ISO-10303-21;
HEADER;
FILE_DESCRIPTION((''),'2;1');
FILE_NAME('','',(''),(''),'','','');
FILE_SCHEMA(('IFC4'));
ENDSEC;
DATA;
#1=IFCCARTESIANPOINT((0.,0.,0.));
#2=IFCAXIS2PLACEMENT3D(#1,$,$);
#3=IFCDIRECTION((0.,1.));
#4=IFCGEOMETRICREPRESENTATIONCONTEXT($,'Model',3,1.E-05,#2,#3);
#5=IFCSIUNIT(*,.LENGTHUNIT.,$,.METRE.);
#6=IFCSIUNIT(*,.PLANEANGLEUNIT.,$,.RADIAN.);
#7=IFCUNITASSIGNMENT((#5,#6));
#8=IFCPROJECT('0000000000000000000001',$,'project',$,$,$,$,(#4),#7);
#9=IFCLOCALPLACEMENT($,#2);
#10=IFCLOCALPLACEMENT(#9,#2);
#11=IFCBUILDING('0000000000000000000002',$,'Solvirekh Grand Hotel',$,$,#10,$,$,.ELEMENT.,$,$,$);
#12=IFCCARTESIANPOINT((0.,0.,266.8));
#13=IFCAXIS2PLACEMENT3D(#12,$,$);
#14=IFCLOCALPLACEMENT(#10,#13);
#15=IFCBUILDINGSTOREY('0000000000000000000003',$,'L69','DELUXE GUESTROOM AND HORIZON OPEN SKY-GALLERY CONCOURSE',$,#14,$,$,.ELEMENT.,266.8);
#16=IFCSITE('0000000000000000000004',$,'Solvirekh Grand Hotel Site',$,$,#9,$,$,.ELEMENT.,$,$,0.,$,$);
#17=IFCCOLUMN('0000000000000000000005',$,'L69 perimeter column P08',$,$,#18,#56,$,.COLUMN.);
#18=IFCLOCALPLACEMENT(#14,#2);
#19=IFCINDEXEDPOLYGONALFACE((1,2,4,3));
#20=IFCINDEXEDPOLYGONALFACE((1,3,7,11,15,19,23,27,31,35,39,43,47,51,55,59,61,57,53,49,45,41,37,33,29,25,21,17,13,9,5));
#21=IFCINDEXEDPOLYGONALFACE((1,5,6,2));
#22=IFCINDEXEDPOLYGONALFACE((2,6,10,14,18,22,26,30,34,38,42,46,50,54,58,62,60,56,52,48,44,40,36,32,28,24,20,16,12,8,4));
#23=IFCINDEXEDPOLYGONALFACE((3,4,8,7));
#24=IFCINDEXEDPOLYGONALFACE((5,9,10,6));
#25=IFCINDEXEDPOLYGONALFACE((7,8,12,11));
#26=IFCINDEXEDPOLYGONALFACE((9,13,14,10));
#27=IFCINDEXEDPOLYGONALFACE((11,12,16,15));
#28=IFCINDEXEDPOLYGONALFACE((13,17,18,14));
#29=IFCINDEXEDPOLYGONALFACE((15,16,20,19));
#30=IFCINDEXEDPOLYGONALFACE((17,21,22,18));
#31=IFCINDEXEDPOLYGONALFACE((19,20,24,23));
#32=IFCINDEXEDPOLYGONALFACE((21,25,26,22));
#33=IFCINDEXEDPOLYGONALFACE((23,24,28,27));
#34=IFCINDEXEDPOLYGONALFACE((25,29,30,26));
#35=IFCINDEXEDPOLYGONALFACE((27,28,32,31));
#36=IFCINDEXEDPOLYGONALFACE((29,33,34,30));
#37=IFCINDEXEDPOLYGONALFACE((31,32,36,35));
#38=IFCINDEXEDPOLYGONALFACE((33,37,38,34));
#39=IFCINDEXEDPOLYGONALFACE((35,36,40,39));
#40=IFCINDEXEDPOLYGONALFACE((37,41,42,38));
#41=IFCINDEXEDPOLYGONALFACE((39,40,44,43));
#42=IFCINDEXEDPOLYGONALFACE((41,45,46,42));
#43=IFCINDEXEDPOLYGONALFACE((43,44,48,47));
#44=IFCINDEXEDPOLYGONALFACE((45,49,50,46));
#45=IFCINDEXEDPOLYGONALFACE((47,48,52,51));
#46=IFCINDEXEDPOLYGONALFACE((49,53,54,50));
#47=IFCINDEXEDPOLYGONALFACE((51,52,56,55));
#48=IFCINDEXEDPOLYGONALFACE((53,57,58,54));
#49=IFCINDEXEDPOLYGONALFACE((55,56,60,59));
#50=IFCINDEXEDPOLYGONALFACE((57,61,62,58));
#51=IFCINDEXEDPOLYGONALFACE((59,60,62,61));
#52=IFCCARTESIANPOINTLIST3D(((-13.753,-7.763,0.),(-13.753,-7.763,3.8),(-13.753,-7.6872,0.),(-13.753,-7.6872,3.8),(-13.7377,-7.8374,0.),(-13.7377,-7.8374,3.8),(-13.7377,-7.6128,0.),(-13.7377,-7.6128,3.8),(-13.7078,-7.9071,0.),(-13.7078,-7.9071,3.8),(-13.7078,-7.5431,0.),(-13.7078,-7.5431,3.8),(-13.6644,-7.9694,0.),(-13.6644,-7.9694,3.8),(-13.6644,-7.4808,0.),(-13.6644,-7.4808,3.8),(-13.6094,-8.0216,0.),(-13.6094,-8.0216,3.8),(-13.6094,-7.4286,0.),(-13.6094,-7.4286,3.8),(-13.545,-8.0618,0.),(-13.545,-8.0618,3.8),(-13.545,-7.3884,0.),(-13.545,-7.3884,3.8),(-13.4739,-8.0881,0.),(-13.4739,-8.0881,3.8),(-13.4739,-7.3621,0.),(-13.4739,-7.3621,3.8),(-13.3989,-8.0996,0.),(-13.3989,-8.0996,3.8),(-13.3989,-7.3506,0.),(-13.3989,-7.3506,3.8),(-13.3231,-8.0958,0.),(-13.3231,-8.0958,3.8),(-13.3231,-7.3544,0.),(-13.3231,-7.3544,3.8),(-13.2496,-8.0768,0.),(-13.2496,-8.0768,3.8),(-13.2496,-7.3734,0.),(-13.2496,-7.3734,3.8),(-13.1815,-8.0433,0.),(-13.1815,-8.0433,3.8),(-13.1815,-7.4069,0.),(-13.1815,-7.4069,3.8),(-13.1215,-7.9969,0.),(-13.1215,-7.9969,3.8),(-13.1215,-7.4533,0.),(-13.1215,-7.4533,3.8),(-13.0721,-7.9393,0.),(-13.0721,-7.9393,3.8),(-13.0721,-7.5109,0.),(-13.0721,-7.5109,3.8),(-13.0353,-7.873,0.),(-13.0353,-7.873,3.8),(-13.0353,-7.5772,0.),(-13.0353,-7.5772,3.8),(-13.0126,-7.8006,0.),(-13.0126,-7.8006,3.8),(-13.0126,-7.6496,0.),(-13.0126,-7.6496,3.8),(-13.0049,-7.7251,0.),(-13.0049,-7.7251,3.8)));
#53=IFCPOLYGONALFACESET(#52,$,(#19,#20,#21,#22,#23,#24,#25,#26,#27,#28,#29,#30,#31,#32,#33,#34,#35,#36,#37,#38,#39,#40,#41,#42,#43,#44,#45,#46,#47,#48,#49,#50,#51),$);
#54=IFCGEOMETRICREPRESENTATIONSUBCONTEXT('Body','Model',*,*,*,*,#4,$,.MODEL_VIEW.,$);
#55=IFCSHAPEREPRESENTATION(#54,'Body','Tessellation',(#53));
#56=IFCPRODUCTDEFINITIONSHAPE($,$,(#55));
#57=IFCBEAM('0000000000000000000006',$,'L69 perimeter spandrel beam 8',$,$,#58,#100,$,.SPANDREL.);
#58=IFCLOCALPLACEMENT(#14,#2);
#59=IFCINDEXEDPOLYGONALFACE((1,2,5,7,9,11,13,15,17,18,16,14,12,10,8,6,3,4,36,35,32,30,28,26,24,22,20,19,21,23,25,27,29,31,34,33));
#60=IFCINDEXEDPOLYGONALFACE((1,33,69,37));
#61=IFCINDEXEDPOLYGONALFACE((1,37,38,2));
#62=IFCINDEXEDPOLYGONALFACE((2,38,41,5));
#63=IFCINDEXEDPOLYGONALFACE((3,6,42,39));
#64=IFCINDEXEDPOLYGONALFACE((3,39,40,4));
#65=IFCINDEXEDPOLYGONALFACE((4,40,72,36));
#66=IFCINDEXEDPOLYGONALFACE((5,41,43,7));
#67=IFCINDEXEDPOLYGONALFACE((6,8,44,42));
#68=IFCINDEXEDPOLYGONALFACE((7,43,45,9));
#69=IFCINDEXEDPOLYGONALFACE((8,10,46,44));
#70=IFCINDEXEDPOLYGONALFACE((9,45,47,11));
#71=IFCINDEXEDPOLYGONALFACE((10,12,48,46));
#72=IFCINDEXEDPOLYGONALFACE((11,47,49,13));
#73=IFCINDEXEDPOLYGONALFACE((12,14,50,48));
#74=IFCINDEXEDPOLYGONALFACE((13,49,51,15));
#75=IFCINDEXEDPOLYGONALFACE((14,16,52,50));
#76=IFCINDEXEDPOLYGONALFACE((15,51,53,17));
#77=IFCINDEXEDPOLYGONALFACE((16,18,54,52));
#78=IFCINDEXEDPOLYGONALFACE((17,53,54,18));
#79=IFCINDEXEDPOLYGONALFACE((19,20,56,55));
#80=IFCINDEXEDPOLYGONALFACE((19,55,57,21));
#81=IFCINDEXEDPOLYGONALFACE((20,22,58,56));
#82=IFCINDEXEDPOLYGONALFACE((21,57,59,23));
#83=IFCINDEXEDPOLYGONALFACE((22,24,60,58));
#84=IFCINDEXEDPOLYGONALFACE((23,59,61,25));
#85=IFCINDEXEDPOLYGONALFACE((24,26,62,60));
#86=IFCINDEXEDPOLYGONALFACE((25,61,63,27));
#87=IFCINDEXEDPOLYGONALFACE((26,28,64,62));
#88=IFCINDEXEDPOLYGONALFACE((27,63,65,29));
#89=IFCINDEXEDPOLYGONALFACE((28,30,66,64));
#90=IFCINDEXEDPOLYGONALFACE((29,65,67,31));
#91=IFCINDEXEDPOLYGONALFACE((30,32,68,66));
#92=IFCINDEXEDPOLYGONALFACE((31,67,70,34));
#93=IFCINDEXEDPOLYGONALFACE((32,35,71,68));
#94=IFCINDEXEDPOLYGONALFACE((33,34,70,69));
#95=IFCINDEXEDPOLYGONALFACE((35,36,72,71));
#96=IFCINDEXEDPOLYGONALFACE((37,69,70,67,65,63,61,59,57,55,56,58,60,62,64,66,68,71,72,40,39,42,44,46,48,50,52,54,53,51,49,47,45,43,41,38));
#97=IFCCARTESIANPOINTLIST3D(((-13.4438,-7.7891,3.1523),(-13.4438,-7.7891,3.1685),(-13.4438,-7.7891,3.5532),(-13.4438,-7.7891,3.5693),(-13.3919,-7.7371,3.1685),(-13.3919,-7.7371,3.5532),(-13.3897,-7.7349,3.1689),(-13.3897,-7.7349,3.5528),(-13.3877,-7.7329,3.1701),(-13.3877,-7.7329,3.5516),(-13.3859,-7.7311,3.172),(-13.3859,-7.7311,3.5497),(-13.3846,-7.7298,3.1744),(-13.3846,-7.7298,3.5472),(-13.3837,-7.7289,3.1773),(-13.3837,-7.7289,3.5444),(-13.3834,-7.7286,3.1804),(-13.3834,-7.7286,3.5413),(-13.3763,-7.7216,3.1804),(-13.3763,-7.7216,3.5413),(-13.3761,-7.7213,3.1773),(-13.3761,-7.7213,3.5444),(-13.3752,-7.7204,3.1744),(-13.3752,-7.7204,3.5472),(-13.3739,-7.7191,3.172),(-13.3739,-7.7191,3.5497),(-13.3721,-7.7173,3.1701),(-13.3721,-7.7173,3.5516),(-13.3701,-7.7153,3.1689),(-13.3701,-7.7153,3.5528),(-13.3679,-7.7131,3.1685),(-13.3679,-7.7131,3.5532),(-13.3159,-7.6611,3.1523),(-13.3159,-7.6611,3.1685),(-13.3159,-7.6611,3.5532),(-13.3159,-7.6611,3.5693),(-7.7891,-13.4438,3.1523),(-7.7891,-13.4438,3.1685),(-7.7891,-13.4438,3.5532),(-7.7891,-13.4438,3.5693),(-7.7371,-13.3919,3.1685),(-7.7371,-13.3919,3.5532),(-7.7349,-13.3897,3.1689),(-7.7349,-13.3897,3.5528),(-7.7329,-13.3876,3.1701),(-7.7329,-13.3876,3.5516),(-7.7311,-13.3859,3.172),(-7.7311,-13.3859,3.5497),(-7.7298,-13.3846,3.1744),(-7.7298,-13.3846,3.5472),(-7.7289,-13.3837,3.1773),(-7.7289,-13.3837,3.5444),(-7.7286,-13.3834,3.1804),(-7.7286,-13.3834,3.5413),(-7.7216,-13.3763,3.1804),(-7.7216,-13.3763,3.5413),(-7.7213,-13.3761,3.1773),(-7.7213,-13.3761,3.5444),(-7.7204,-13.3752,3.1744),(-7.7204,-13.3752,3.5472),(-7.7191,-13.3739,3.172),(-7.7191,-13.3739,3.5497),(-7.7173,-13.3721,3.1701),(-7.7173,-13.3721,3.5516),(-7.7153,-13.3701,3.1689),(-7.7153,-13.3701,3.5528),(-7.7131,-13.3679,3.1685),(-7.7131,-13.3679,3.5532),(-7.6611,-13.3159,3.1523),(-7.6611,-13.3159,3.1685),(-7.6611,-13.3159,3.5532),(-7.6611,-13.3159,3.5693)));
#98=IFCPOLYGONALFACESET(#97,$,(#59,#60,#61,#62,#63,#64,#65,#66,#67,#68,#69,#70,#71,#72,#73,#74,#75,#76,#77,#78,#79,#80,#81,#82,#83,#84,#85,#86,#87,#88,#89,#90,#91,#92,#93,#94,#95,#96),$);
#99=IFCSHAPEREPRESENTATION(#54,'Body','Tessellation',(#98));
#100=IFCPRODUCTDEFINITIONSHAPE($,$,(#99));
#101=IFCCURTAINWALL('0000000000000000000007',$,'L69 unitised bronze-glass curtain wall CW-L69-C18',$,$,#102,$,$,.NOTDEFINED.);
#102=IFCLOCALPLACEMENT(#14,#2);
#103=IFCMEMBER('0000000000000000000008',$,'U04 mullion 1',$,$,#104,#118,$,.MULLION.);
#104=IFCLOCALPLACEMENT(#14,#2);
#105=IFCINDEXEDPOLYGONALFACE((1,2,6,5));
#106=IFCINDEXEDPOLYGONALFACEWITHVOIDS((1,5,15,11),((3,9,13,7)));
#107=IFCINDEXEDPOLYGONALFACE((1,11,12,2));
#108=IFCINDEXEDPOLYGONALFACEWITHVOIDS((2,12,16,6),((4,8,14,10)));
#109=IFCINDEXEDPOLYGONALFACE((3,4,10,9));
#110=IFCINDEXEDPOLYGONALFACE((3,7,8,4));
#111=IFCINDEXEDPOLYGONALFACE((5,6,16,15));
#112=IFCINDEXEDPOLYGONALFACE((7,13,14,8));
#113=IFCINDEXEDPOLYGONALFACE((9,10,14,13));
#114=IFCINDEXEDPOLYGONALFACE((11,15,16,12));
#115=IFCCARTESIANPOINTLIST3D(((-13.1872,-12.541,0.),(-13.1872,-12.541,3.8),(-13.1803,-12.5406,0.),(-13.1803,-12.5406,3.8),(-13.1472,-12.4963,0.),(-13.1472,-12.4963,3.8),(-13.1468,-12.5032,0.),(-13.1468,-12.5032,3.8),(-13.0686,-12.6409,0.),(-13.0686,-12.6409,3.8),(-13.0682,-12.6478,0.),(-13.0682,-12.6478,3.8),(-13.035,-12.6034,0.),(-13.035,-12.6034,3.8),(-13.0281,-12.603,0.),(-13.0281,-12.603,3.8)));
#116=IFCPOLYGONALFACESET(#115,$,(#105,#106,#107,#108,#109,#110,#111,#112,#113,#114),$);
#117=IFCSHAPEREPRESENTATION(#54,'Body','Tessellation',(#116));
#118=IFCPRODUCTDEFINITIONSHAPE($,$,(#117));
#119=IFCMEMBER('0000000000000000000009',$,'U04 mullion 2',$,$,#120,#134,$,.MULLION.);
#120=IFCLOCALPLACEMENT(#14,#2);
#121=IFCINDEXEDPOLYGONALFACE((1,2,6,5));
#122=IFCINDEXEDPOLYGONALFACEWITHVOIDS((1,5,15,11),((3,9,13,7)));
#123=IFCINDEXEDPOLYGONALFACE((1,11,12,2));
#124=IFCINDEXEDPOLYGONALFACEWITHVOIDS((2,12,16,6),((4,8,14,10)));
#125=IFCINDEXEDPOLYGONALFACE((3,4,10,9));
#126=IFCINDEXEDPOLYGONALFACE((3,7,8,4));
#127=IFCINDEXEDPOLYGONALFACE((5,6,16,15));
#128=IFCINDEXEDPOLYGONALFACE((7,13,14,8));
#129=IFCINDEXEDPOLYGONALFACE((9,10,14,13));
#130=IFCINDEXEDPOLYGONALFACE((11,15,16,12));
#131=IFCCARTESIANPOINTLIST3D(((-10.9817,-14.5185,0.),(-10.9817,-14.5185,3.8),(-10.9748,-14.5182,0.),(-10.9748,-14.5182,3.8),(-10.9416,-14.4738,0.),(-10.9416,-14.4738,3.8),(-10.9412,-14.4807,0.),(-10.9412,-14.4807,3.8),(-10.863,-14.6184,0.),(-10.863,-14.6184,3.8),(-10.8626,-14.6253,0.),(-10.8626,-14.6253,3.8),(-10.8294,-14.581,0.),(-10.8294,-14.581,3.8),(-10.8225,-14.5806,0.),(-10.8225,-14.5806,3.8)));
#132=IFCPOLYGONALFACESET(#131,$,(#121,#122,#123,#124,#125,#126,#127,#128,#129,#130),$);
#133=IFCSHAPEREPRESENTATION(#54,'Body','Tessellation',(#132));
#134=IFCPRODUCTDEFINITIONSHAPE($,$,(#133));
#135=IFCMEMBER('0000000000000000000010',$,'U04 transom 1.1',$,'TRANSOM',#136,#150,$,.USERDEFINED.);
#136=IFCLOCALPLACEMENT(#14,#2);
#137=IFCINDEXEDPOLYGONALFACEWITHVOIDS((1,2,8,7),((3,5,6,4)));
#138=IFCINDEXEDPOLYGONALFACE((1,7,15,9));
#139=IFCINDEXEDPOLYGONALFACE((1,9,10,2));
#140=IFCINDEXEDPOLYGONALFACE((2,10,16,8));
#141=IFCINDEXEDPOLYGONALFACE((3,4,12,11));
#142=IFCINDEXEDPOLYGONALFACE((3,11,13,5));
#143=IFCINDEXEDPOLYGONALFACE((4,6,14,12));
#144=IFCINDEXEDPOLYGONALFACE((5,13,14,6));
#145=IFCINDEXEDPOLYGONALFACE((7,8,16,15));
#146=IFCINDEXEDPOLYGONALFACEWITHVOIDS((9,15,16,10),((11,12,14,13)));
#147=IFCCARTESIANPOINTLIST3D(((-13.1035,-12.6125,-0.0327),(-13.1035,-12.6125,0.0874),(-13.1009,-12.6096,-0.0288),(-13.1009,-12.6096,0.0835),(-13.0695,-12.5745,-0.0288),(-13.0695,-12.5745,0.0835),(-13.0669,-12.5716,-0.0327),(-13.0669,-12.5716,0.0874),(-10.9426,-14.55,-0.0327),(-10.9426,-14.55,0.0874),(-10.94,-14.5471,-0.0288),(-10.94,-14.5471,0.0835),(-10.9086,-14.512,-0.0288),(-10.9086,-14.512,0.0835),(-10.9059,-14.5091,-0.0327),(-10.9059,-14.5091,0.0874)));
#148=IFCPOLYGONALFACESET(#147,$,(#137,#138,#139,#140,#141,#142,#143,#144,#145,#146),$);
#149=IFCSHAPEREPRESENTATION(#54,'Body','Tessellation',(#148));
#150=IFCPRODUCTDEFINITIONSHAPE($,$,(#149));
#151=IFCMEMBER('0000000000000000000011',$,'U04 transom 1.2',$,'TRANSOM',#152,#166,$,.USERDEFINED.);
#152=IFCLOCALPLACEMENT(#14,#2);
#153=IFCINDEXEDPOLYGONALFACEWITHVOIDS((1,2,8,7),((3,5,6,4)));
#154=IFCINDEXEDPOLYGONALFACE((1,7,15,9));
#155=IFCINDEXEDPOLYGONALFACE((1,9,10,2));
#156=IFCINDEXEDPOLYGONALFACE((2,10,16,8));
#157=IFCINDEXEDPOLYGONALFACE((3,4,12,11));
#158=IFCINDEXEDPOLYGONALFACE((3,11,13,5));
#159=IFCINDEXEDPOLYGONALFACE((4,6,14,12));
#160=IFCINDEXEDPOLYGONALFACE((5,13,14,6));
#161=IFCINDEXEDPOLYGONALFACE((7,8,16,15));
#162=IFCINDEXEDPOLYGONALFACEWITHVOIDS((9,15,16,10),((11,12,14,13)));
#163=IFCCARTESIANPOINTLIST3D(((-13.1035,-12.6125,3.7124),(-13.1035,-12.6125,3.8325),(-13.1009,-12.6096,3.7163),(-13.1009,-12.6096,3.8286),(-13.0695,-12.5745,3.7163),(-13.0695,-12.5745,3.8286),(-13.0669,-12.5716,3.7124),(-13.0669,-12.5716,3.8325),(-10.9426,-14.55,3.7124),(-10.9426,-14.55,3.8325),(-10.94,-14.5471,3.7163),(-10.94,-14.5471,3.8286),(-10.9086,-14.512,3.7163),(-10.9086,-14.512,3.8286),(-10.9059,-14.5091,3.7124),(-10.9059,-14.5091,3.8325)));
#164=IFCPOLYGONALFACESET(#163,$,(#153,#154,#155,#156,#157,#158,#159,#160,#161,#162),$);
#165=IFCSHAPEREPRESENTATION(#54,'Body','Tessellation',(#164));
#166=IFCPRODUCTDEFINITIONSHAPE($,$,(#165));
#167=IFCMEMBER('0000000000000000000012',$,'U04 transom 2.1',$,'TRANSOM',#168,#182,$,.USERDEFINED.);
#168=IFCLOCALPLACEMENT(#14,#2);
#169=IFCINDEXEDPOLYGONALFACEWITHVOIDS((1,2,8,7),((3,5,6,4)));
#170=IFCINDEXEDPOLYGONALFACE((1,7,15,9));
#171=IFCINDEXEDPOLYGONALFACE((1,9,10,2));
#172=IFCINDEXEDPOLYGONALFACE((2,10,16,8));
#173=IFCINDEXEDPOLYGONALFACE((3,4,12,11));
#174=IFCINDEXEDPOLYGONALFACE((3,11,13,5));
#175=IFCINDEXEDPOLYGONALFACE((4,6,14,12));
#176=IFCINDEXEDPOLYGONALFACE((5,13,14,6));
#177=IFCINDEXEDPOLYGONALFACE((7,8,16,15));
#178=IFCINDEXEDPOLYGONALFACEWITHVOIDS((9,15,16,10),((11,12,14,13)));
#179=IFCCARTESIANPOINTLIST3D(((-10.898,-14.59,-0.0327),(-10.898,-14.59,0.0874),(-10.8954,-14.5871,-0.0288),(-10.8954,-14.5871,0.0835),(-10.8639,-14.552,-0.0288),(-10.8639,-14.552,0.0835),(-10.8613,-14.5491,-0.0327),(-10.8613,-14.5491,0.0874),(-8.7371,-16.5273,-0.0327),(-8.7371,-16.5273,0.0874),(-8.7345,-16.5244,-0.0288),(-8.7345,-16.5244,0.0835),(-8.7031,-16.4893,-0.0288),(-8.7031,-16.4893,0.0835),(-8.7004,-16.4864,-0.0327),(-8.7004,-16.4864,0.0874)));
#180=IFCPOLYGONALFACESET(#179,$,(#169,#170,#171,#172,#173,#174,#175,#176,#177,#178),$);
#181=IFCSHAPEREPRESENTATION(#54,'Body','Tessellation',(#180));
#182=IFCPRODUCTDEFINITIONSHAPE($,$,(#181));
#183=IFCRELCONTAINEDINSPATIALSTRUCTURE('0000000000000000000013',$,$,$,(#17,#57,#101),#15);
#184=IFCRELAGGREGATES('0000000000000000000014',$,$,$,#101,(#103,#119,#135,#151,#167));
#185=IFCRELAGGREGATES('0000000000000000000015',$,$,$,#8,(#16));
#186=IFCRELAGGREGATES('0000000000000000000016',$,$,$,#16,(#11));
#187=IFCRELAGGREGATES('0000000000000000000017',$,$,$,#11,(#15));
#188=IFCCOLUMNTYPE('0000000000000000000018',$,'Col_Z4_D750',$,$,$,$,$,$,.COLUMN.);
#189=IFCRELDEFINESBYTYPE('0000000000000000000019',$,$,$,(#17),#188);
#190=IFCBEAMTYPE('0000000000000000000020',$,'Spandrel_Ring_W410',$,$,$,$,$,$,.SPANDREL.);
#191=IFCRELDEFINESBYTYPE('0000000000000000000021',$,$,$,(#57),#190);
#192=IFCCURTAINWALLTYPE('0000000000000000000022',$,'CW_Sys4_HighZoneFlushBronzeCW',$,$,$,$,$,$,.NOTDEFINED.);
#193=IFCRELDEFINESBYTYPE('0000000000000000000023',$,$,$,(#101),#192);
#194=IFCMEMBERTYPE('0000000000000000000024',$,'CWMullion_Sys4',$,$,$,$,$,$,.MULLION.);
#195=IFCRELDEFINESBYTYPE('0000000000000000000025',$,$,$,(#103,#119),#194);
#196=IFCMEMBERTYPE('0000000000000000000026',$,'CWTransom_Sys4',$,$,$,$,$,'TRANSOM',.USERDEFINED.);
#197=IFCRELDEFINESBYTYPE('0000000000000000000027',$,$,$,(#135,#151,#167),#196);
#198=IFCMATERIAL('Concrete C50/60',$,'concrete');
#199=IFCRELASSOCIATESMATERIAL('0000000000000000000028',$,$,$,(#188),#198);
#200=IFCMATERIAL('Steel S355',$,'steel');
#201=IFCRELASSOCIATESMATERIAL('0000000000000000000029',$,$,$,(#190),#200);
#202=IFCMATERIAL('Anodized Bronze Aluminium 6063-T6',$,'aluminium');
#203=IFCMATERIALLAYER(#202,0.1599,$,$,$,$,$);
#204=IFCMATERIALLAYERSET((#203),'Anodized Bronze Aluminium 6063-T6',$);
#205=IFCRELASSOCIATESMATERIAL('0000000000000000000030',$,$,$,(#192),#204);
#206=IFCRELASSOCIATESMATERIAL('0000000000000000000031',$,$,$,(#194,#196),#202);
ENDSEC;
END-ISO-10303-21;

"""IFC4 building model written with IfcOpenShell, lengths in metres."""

from ifc_helpers import new_model, si_unit, direction, frame, origin, origin_2d, place, context, subcontext, project, spatial, hollow_rectangle, circle, i_section, extrude, source, transform, mapped, material, layer, layer_set, material_profile, profile_set, type_object, element, aggregate, save


model = new_model("IFC4")

# Units and contexts
model_context = context("Model", 3, precision=1e-05, world=origin(), true_north=direction((0.0, 1.0)))
body_context = subcontext(model_context, "Body", "Model", "MODEL_VIEW")
ifc_project = project(units=[si_unit("LENGTHUNIT", "METRE"), si_unit("PLANEANGLEUNIT", "RADIAN")], contexts=[model_context])

# Site, building, storey
site_placement = place(None, origin())
site = spatial("IfcSite", under=ifc_project, at=site_placement, Name="Solvirekh Grand Hotel Site", CompositionType="ELEMENT", RefElevation=0.0)
building_placement = place(site_placement, origin())
building = spatial("IfcBuilding", under=site, at=building_placement, Name="Solvirekh Grand Hotel", CompositionType="ELEMENT")
storey_placement = place(building_placement, frame((0.0, 0.0, 266.8)))
storey = spatial("IfcBuildingStorey", under=building, at=storey_placement, Name="L69", Description="DELUXE GUESTROOM AND HORIZON OPEN SKY-GALLERY CONCOURSE", CompositionType="ELEMENT", Elevation=266.8)

# Column
ifc_material_1 = material(Name="Concrete C50/60", Category="concrete")
ifc_material_profile_1 = material_profile(ifc_material_1, circle(Radius=0.375, at=origin_2d()), Name="RC CIRC D750")
ifc_profile_set_1 = profile_set([ifc_material_profile_1], Name="Concrete C50/60")
column_type = type_object("IfcColumnType", Name="Col_Z4_D750", PredefinedType="COLUMN", material=ifc_profile_set_1)
column_placement = place(storey_placement, frame((-13.3799, -7.7251, 0.0), z_axis=(0.0, 0.0, 1.0), x_axis=(1.0, 0.0, 0.0)))
element("IfcColumn", 1, at=column_placement, inside=storey, type_object=column_type, Name="L69 perimeter column P08", PredefinedType="COLUMN", context=body_context, shape_type="SweptSolid", body=[
    extrude(circle(Radius=0.375, at=origin_2d()), origin(), (0.0, 0.0, 1.0), 3.8),
])

# Beam
ifc_material_2 = material(Name="Steel S355", Category="steel")
ifc_material_profile_2 = material_profile(ifc_material_2, i_section(OverallWidth=0.1809, OverallDepth=0.417, WebThickness=0.01, FlangeThickness=0.0161, FilletRadius=0.012, at=origin_2d()), Name="W410X85")
ifc_profile_set_2 = profile_set([ifc_material_profile_2], Name="Steel S355")
beam_type = type_object("IfcBeamType", Name="Spandrel_Ring_W410", PredefinedType="SPANDREL", material=ifc_profile_set_2)
beam_placement = place(storey_placement, frame((-13.3799, -7.7251, 3.3608), z_axis=(0.707107, -0.707107, 0.0), x_axis=(0.707107, 0.707107, 0.0)))
element("IfcBeam", 2, at=beam_placement, inside=storey, type_object=beam_type, Name="L69 perimeter spandrel beam 8", PredefinedType="SPANDREL", context=body_context, shape_type="SweptSolid", body=[
    extrude(i_section(OverallWidth=0.1809, OverallDepth=0.417, WebThickness=0.01, FlangeThickness=0.0161, FilletRadius=0.012, at=origin_2d()), origin(), (0.0, 0.0, 1.0), 7.9971),
])

# Curtain wall, members
ifc_material_3 = material(Name="Anodized Bronze Aluminium 6063-T6", Category="aluminium")
ifc_layer_1 = layer(ifc_material_3, 0.1599)
ifc_layer_set_1 = layer_set([ifc_layer_1], Name="Anodized Bronze Aluminium 6063-T6")
curtain_wall_type = type_object("IfcCurtainWallType", Name="CW_Sys4_HighZoneFlushBronzeCW", PredefinedType="NOTDEFINED", material=ifc_layer_set_1)
curtain_wall_placement = place(storey_placement, origin())
curtain_wall = element("IfcCurtainWall", 3, at=curtain_wall_placement, inside=storey, type_object=curtain_wall_type, Name="L69 unitised bronze-glass curtain wall CW-L69-C18", PredefinedType="NOTDEFINED")
ifc_material_profile_3 = material_profile(ifc_material_3, hollow_rectangle(XDim=0.0601, YDim=0.1599, WallThickness=0.0049, at=origin_2d()), Name="ALU RHS 160X60X5")
ifc_profile_set_3 = profile_set([ifc_material_profile_3], Name="Anodized Bronze Aluminium 6063-T6")
member_type_1 = type_object("IfcMemberType", Name="CWMullion_Sys4", PredefinedType="MULLION", material=ifc_profile_set_3)
shared_shape_1 = source(origin(), body_context, "Body", "SweptSolid", [
    extrude(hollow_rectangle(XDim=0.0601, YDim=0.1599, WallThickness=0.0049, at=origin_2d()), origin(), (0.0, 0.0, 1.0), 3.8),
])
member_1_placement = place(storey_placement, frame((-13.1077, -12.572, 0.0), z_axis=(0.0, 0.0, 1.0), x_axis=(0.667542, 0.744572, 0.0)))
member_1 = element("IfcMember", 4, at=member_1_placement, type_object=member_type_1, Name="U04 mullion 1", PredefinedType="MULLION", context=body_context, shape_type="MappedRepresentation", body=[
    mapped(shared_shape_1, transform((0.0, 0.0, 0.0), x_axis=(1.0, 0.0, 0.0), y_axis=(0.0, 1.0, 0.0), z_axis=(0.0, 0.0, 1.0), scale=1.0)),
])
member_2_placement = place(storey_placement, frame((-10.9021, -14.5496, 0.0), z_axis=(0.0, 0.0, 1.0), x_axis=(0.667542, 0.744572, 0.0)))
member_2 = element("IfcMember", 5, at=member_2_placement, type_object=member_type_1, Name="U04 mullion 2", PredefinedType="MULLION", context=body_context, shape_type="MappedRepresentation", body=[
    mapped(shared_shape_1, transform((0.0, 0.0, 0.0), x_axis=(1.0, 0.0, 0.0), y_axis=(0.0, 1.0, 0.0), z_axis=(0.0, 0.0, 1.0), scale=1.0)),
])
ifc_material_profile_4 = material_profile(ifc_material_3, hollow_rectangle(XDim=0.0549, YDim=0.1201, WallThickness=0.0039, at=origin_2d()), Name="ALU RHS 120X55X4")
ifc_profile_set_4 = profile_set([ifc_material_profile_4], Name="Anodized Bronze Aluminium 6063-T6")
member_type_2 = type_object("IfcMemberType", Name="CWTransom_Sys4", ElementType="TRANSOM", PredefinedType="USERDEFINED", material=ifc_profile_set_4)
shared_shape_2 = source(origin(), body_context, "Body", "SweptSolid", [
    extrude(hollow_rectangle(XDim=0.0549, YDim=0.1201, WallThickness=0.0039, at=origin_2d()), origin(), (0.0, 0.0, 1.0), 2.9023),
])
member_3_placement = place(storey_placement, frame((-13.0852, -12.592, 0.0273), z_axis=(0.744543, -0.667574, 0.0), x_axis=(0.667574, 0.744543, 0.0)))
member_3 = element("IfcMember", 6, at=member_3_placement, type_object=member_type_2, Name="U04 transom 1.1", ObjectType="TRANSOM", PredefinedType="USERDEFINED", context=body_context, shape_type="MappedRepresentation", body=[
    mapped(shared_shape_2, transform((0.0, 0.0, 0.0), x_axis=(1.0, 0.0, 0.0), y_axis=(0.0, 1.0, 0.0), z_axis=(0.0, 0.0, 1.0), scale=1.0)),
])
member_4_placement = place(storey_placement, frame((-13.0852, -12.592, 3.7725), z_axis=(0.744543, -0.667574, 0.0), x_axis=(0.667574, 0.744543, 0.0)))
member_4 = element("IfcMember", 7, at=member_4_placement, type_object=member_type_2, Name="U04 transom 1.2", ObjectType="TRANSOM", PredefinedType="USERDEFINED", context=body_context, shape_type="MappedRepresentation", body=[
    mapped(shared_shape_2, transform((0.0, 0.0, 0.0), x_axis=(1.0, 0.0, 0.0), y_axis=(0.0, 1.0, 0.0), z_axis=(0.0, 0.0, 1.0), scale=1.0)),
])
shared_shape_3 = source(origin(), body_context, "Body", "SweptSolid", [
    extrude(hollow_rectangle(XDim=0.0549, YDim=0.1201, WallThickness=0.0039, at=origin_2d()), origin(), (0.0, 0.0, 1.0), 2.9021),
])
member_5_placement = place(storey_placement, frame((-10.8796, -14.5696, 0.0273), z_axis=(0.744585, -0.667527, 0.0), x_axis=(0.667527, 0.744585, 0.0)))
member_5 = element("IfcMember", 8, at=member_5_placement, type_object=member_type_2, Name="U04 transom 2.1", ObjectType="TRANSOM", PredefinedType="USERDEFINED", context=body_context, shape_type="MappedRepresentation", body=[
    mapped(shared_shape_3, transform((0.0, 0.0, 0.0), x_axis=(1.0, 0.0, 0.0), y_axis=(0.0, 1.0, 0.0), z_axis=(0.0, 0.0, 1.0), scale=1.0)),
])
aggregate(curtain_wall, [member_1, member_2, member_3, member_4, member_5])

save(model, "model.ifc")
